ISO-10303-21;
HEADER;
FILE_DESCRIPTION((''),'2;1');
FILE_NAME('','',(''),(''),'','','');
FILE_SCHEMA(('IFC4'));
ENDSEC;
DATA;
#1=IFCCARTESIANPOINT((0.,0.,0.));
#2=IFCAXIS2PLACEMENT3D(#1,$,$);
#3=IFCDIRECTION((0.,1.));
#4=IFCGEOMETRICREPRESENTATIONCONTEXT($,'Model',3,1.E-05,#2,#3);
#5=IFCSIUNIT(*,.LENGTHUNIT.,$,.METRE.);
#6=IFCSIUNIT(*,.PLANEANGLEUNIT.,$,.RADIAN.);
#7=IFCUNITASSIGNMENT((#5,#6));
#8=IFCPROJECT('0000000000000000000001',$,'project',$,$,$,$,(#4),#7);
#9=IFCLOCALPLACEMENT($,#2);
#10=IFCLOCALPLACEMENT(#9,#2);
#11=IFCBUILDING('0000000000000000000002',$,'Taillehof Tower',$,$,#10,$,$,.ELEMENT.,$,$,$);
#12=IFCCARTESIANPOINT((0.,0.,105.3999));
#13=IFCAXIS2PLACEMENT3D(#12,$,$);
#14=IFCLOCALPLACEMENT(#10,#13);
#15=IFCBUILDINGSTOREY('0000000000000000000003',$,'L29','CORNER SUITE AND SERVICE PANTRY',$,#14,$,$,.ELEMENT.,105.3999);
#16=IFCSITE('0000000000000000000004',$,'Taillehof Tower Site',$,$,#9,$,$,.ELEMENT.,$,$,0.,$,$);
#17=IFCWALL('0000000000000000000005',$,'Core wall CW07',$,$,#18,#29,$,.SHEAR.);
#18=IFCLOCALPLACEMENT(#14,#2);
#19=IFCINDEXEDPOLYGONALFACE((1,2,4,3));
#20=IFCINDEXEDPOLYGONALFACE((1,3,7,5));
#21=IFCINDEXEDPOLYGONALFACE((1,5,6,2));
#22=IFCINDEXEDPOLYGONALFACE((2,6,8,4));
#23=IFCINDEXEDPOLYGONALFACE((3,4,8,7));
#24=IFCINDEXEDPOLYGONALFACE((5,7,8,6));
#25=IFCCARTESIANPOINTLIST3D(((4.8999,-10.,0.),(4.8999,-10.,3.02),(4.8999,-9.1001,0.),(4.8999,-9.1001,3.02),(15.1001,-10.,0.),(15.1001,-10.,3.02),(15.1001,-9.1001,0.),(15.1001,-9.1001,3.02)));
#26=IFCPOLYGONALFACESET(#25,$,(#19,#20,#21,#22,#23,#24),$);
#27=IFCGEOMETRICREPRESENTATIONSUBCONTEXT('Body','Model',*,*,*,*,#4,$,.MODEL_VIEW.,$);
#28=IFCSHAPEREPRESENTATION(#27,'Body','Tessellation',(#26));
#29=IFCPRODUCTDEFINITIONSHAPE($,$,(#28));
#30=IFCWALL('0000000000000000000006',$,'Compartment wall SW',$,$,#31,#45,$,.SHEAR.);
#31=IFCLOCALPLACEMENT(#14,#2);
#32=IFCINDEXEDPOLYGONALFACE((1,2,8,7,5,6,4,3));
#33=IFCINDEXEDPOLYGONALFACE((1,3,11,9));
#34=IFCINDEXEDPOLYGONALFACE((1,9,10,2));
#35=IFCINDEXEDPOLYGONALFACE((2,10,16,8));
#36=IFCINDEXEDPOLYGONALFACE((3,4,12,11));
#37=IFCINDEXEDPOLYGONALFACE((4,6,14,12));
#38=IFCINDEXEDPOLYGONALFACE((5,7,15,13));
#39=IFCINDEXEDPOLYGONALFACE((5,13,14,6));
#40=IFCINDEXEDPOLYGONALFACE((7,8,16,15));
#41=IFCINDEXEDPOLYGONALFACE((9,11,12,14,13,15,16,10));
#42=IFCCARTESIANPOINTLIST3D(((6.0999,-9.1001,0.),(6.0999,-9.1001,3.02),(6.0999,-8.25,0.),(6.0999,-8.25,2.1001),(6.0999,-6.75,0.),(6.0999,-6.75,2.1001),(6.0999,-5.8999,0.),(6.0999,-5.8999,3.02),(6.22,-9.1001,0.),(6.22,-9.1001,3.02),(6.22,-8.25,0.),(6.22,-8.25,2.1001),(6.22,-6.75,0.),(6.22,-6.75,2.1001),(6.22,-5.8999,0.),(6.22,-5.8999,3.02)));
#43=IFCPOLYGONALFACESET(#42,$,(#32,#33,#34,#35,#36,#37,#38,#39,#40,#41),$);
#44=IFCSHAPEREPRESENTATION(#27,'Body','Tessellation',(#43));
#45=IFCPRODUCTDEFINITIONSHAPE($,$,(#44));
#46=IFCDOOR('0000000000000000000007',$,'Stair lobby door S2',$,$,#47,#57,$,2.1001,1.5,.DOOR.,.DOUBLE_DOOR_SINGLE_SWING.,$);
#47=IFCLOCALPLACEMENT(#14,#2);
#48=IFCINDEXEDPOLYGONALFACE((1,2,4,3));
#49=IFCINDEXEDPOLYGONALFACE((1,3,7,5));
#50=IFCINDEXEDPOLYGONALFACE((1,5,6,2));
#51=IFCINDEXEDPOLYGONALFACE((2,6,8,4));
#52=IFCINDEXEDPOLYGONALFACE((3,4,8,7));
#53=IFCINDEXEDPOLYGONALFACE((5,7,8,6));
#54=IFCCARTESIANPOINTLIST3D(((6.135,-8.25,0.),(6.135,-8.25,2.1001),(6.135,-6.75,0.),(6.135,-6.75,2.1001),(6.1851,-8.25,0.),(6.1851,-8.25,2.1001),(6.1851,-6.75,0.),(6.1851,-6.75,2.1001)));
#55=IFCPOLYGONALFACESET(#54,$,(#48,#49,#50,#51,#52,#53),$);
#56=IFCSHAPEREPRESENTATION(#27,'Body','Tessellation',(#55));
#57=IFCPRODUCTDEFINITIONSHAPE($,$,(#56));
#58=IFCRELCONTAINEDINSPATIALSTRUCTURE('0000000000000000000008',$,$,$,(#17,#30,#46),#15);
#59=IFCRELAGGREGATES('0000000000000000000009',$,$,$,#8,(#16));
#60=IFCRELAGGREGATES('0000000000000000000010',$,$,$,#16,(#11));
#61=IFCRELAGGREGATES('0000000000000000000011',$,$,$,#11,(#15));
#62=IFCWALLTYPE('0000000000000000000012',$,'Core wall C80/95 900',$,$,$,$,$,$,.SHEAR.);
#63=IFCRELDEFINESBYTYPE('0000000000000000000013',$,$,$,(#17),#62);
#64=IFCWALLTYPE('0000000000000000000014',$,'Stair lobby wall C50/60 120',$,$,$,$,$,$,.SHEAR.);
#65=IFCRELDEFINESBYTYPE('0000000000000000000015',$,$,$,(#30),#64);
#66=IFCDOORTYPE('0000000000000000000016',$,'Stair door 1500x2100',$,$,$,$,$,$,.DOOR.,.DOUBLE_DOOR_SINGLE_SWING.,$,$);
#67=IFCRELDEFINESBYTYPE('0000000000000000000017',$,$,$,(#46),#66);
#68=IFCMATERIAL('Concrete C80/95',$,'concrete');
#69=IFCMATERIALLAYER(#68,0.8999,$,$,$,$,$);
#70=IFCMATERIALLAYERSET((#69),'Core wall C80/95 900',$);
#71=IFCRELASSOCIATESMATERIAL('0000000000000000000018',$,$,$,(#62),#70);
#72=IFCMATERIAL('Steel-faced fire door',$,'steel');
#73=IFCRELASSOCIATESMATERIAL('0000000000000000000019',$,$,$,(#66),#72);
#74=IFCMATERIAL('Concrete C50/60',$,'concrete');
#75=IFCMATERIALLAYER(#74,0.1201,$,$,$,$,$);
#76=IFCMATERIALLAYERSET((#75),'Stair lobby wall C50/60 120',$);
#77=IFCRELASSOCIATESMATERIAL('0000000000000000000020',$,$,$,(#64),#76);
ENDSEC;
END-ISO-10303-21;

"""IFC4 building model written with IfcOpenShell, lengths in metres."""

from ifc_helpers import new_model, si_unit, direction, frame, frame_2d, origin, place, context, subcontext, project, spatial, rectangle, extrude, material, layer, layer_set, type_object, element, fill, save


model = new_model("IFC4")

# Units and contexts
model_context = context("Model", 3, precision=1e-05, world=origin(), true_north=direction((0.0, 1.0)))
body_context = subcontext(model_context, "Body", "Model", "MODEL_VIEW")
ifc_project = project(units=[si_unit("LENGTHUNIT", "METRE"), si_unit("PLANEANGLEUNIT", "RADIAN")], contexts=[model_context])

# Site, building, storey
site_placement = place(None, origin())
site = spatial("IfcSite", under=ifc_project, at=site_placement, Name="Taillehof Tower Site", CompositionType="ELEMENT", RefElevation=0.0)
building_placement = place(site_placement, origin())
building = spatial("IfcBuilding", under=site, at=building_placement, Name="Taillehof Tower", CompositionType="ELEMENT")
storey_placement = place(building_placement, frame((0.0, 0.0, 105.3999)))
storey = spatial("IfcBuildingStorey", under=building, at=storey_placement, Name="L29", Description="CORNER SUITE AND SERVICE PANTRY", CompositionType="ELEMENT", Elevation=105.3999)

# Shared definitions
ifc_material_1 = material(Name="Concrete C80/95", Category="concrete")
ifc_layer_1 = layer(ifc_material_1, 0.8999)
ifc_layer_set_1 = layer_set([ifc_layer_1], Name="Core wall C80/95 900")
wall_type_1 = type_object("IfcWallType", Name="Core wall C80/95 900", PredefinedType="SHEAR", material=ifc_layer_set_1)
ifc_material_2 = material(Name="Steel-faced fire door", Category="steel")
door_type_1 = type_object("IfcDoorType", Name="Stair door 1500x2100", OperationType="DOUBLE_DOOR_SINGLE_SWING", PredefinedType="DOOR", material=ifc_material_2)

# Wall
wall_1_placement = place(storey_placement, frame((4.8999, -9.55, 0.0), z_axis=(0.0, 0.0, 1.0), x_axis=(1.0, 0.0, 0.0)))
element("IfcWall", 1, at=wall_1_placement, inside=storey, type_object=wall_type_1, Name="Core wall CW07", PredefinedType="SHEAR", context=body_context, shape_type="SweptSolid", body=[
    extrude(rectangle(XDim=10.2002, YDim=0.8999, at=frame_2d((5.1001, 0.0))), origin(), (0.0, 0.0, 1.0), 3.02),
])

# Wall, opening, door
ifc_material_3 = material(Name="Concrete C50/60", Category="concrete")
ifc_layer_2 = layer(ifc_material_3, 0.1201)
ifc_layer_set_2 = layer_set([ifc_layer_2], Name="Stair lobby wall C50/60 120")
wall_type_2 = type_object("IfcWallType", Name="Stair lobby wall C50/60 120", PredefinedType="SHEAR", material=ifc_layer_set_2)
wall_2_placement = place(storey_placement, frame((6.1599, -9.1001, 0.0), z_axis=(0.0, 0.0, 1.0), x_axis=(0.0, 1.0, 0.0)))
wall_2 = element("IfcWall", 2, at=wall_2_placement, inside=storey, type_object=wall_type_2, Name="Compartment wall SW", PredefinedType="SHEAR", context=body_context, shape_type="SweptSolid", body=[
    extrude(rectangle(XDim=3.2002, YDim=0.1201, at=frame_2d((1.6001, 0.0))), origin(), (0.0, 0.0, 1.0), 3.02),
])
opening_1_placement = place(wall_2_placement, frame((0.8501, 0.0, 0.0)))
opening_1 = element("IfcOpeningElement", 3, at=opening_1_placement, cuts=wall_2, PredefinedType="OPENING", context=body_context, shape_type="SweptSolid", body=[
    extrude(rectangle(XDim=1.5, YDim=2.1001, at=frame_2d((0.75, 1.05))), frame((0.0, 0.0701, 0.0), z_axis=(0.0, -1.0, 0.0), x_axis=(1.0, 0.0, 0.0)), (0.0, 0.0, 1.0), 0.1401),
])
door_1_placement = place(opening_1_placement, origin())
door_1 = element("IfcDoor", 4, at=door_1_placement, inside=storey, type_object=door_type_1, Name="Stair lobby door S2", OperationType="DOUBLE_DOOR_SINGLE_SWING", OverallHeight=2.1001, OverallWidth=1.5, PredefinedType="DOOR", context=body_context, shape_type="SweptSolid", body=[
    extrude(rectangle(XDim=1.5, YDim=2.1001, at=frame_2d((0.75, 1.05))), frame((0.0, 0.0249, 0.0), z_axis=(0.0, -1.0, 0.0), x_axis=(1.0, 0.0, 0.0)), (0.0, 0.0, 1.0), 0.05),
])
fill(opening_1, door_1)

save(model, "model.ifc")
